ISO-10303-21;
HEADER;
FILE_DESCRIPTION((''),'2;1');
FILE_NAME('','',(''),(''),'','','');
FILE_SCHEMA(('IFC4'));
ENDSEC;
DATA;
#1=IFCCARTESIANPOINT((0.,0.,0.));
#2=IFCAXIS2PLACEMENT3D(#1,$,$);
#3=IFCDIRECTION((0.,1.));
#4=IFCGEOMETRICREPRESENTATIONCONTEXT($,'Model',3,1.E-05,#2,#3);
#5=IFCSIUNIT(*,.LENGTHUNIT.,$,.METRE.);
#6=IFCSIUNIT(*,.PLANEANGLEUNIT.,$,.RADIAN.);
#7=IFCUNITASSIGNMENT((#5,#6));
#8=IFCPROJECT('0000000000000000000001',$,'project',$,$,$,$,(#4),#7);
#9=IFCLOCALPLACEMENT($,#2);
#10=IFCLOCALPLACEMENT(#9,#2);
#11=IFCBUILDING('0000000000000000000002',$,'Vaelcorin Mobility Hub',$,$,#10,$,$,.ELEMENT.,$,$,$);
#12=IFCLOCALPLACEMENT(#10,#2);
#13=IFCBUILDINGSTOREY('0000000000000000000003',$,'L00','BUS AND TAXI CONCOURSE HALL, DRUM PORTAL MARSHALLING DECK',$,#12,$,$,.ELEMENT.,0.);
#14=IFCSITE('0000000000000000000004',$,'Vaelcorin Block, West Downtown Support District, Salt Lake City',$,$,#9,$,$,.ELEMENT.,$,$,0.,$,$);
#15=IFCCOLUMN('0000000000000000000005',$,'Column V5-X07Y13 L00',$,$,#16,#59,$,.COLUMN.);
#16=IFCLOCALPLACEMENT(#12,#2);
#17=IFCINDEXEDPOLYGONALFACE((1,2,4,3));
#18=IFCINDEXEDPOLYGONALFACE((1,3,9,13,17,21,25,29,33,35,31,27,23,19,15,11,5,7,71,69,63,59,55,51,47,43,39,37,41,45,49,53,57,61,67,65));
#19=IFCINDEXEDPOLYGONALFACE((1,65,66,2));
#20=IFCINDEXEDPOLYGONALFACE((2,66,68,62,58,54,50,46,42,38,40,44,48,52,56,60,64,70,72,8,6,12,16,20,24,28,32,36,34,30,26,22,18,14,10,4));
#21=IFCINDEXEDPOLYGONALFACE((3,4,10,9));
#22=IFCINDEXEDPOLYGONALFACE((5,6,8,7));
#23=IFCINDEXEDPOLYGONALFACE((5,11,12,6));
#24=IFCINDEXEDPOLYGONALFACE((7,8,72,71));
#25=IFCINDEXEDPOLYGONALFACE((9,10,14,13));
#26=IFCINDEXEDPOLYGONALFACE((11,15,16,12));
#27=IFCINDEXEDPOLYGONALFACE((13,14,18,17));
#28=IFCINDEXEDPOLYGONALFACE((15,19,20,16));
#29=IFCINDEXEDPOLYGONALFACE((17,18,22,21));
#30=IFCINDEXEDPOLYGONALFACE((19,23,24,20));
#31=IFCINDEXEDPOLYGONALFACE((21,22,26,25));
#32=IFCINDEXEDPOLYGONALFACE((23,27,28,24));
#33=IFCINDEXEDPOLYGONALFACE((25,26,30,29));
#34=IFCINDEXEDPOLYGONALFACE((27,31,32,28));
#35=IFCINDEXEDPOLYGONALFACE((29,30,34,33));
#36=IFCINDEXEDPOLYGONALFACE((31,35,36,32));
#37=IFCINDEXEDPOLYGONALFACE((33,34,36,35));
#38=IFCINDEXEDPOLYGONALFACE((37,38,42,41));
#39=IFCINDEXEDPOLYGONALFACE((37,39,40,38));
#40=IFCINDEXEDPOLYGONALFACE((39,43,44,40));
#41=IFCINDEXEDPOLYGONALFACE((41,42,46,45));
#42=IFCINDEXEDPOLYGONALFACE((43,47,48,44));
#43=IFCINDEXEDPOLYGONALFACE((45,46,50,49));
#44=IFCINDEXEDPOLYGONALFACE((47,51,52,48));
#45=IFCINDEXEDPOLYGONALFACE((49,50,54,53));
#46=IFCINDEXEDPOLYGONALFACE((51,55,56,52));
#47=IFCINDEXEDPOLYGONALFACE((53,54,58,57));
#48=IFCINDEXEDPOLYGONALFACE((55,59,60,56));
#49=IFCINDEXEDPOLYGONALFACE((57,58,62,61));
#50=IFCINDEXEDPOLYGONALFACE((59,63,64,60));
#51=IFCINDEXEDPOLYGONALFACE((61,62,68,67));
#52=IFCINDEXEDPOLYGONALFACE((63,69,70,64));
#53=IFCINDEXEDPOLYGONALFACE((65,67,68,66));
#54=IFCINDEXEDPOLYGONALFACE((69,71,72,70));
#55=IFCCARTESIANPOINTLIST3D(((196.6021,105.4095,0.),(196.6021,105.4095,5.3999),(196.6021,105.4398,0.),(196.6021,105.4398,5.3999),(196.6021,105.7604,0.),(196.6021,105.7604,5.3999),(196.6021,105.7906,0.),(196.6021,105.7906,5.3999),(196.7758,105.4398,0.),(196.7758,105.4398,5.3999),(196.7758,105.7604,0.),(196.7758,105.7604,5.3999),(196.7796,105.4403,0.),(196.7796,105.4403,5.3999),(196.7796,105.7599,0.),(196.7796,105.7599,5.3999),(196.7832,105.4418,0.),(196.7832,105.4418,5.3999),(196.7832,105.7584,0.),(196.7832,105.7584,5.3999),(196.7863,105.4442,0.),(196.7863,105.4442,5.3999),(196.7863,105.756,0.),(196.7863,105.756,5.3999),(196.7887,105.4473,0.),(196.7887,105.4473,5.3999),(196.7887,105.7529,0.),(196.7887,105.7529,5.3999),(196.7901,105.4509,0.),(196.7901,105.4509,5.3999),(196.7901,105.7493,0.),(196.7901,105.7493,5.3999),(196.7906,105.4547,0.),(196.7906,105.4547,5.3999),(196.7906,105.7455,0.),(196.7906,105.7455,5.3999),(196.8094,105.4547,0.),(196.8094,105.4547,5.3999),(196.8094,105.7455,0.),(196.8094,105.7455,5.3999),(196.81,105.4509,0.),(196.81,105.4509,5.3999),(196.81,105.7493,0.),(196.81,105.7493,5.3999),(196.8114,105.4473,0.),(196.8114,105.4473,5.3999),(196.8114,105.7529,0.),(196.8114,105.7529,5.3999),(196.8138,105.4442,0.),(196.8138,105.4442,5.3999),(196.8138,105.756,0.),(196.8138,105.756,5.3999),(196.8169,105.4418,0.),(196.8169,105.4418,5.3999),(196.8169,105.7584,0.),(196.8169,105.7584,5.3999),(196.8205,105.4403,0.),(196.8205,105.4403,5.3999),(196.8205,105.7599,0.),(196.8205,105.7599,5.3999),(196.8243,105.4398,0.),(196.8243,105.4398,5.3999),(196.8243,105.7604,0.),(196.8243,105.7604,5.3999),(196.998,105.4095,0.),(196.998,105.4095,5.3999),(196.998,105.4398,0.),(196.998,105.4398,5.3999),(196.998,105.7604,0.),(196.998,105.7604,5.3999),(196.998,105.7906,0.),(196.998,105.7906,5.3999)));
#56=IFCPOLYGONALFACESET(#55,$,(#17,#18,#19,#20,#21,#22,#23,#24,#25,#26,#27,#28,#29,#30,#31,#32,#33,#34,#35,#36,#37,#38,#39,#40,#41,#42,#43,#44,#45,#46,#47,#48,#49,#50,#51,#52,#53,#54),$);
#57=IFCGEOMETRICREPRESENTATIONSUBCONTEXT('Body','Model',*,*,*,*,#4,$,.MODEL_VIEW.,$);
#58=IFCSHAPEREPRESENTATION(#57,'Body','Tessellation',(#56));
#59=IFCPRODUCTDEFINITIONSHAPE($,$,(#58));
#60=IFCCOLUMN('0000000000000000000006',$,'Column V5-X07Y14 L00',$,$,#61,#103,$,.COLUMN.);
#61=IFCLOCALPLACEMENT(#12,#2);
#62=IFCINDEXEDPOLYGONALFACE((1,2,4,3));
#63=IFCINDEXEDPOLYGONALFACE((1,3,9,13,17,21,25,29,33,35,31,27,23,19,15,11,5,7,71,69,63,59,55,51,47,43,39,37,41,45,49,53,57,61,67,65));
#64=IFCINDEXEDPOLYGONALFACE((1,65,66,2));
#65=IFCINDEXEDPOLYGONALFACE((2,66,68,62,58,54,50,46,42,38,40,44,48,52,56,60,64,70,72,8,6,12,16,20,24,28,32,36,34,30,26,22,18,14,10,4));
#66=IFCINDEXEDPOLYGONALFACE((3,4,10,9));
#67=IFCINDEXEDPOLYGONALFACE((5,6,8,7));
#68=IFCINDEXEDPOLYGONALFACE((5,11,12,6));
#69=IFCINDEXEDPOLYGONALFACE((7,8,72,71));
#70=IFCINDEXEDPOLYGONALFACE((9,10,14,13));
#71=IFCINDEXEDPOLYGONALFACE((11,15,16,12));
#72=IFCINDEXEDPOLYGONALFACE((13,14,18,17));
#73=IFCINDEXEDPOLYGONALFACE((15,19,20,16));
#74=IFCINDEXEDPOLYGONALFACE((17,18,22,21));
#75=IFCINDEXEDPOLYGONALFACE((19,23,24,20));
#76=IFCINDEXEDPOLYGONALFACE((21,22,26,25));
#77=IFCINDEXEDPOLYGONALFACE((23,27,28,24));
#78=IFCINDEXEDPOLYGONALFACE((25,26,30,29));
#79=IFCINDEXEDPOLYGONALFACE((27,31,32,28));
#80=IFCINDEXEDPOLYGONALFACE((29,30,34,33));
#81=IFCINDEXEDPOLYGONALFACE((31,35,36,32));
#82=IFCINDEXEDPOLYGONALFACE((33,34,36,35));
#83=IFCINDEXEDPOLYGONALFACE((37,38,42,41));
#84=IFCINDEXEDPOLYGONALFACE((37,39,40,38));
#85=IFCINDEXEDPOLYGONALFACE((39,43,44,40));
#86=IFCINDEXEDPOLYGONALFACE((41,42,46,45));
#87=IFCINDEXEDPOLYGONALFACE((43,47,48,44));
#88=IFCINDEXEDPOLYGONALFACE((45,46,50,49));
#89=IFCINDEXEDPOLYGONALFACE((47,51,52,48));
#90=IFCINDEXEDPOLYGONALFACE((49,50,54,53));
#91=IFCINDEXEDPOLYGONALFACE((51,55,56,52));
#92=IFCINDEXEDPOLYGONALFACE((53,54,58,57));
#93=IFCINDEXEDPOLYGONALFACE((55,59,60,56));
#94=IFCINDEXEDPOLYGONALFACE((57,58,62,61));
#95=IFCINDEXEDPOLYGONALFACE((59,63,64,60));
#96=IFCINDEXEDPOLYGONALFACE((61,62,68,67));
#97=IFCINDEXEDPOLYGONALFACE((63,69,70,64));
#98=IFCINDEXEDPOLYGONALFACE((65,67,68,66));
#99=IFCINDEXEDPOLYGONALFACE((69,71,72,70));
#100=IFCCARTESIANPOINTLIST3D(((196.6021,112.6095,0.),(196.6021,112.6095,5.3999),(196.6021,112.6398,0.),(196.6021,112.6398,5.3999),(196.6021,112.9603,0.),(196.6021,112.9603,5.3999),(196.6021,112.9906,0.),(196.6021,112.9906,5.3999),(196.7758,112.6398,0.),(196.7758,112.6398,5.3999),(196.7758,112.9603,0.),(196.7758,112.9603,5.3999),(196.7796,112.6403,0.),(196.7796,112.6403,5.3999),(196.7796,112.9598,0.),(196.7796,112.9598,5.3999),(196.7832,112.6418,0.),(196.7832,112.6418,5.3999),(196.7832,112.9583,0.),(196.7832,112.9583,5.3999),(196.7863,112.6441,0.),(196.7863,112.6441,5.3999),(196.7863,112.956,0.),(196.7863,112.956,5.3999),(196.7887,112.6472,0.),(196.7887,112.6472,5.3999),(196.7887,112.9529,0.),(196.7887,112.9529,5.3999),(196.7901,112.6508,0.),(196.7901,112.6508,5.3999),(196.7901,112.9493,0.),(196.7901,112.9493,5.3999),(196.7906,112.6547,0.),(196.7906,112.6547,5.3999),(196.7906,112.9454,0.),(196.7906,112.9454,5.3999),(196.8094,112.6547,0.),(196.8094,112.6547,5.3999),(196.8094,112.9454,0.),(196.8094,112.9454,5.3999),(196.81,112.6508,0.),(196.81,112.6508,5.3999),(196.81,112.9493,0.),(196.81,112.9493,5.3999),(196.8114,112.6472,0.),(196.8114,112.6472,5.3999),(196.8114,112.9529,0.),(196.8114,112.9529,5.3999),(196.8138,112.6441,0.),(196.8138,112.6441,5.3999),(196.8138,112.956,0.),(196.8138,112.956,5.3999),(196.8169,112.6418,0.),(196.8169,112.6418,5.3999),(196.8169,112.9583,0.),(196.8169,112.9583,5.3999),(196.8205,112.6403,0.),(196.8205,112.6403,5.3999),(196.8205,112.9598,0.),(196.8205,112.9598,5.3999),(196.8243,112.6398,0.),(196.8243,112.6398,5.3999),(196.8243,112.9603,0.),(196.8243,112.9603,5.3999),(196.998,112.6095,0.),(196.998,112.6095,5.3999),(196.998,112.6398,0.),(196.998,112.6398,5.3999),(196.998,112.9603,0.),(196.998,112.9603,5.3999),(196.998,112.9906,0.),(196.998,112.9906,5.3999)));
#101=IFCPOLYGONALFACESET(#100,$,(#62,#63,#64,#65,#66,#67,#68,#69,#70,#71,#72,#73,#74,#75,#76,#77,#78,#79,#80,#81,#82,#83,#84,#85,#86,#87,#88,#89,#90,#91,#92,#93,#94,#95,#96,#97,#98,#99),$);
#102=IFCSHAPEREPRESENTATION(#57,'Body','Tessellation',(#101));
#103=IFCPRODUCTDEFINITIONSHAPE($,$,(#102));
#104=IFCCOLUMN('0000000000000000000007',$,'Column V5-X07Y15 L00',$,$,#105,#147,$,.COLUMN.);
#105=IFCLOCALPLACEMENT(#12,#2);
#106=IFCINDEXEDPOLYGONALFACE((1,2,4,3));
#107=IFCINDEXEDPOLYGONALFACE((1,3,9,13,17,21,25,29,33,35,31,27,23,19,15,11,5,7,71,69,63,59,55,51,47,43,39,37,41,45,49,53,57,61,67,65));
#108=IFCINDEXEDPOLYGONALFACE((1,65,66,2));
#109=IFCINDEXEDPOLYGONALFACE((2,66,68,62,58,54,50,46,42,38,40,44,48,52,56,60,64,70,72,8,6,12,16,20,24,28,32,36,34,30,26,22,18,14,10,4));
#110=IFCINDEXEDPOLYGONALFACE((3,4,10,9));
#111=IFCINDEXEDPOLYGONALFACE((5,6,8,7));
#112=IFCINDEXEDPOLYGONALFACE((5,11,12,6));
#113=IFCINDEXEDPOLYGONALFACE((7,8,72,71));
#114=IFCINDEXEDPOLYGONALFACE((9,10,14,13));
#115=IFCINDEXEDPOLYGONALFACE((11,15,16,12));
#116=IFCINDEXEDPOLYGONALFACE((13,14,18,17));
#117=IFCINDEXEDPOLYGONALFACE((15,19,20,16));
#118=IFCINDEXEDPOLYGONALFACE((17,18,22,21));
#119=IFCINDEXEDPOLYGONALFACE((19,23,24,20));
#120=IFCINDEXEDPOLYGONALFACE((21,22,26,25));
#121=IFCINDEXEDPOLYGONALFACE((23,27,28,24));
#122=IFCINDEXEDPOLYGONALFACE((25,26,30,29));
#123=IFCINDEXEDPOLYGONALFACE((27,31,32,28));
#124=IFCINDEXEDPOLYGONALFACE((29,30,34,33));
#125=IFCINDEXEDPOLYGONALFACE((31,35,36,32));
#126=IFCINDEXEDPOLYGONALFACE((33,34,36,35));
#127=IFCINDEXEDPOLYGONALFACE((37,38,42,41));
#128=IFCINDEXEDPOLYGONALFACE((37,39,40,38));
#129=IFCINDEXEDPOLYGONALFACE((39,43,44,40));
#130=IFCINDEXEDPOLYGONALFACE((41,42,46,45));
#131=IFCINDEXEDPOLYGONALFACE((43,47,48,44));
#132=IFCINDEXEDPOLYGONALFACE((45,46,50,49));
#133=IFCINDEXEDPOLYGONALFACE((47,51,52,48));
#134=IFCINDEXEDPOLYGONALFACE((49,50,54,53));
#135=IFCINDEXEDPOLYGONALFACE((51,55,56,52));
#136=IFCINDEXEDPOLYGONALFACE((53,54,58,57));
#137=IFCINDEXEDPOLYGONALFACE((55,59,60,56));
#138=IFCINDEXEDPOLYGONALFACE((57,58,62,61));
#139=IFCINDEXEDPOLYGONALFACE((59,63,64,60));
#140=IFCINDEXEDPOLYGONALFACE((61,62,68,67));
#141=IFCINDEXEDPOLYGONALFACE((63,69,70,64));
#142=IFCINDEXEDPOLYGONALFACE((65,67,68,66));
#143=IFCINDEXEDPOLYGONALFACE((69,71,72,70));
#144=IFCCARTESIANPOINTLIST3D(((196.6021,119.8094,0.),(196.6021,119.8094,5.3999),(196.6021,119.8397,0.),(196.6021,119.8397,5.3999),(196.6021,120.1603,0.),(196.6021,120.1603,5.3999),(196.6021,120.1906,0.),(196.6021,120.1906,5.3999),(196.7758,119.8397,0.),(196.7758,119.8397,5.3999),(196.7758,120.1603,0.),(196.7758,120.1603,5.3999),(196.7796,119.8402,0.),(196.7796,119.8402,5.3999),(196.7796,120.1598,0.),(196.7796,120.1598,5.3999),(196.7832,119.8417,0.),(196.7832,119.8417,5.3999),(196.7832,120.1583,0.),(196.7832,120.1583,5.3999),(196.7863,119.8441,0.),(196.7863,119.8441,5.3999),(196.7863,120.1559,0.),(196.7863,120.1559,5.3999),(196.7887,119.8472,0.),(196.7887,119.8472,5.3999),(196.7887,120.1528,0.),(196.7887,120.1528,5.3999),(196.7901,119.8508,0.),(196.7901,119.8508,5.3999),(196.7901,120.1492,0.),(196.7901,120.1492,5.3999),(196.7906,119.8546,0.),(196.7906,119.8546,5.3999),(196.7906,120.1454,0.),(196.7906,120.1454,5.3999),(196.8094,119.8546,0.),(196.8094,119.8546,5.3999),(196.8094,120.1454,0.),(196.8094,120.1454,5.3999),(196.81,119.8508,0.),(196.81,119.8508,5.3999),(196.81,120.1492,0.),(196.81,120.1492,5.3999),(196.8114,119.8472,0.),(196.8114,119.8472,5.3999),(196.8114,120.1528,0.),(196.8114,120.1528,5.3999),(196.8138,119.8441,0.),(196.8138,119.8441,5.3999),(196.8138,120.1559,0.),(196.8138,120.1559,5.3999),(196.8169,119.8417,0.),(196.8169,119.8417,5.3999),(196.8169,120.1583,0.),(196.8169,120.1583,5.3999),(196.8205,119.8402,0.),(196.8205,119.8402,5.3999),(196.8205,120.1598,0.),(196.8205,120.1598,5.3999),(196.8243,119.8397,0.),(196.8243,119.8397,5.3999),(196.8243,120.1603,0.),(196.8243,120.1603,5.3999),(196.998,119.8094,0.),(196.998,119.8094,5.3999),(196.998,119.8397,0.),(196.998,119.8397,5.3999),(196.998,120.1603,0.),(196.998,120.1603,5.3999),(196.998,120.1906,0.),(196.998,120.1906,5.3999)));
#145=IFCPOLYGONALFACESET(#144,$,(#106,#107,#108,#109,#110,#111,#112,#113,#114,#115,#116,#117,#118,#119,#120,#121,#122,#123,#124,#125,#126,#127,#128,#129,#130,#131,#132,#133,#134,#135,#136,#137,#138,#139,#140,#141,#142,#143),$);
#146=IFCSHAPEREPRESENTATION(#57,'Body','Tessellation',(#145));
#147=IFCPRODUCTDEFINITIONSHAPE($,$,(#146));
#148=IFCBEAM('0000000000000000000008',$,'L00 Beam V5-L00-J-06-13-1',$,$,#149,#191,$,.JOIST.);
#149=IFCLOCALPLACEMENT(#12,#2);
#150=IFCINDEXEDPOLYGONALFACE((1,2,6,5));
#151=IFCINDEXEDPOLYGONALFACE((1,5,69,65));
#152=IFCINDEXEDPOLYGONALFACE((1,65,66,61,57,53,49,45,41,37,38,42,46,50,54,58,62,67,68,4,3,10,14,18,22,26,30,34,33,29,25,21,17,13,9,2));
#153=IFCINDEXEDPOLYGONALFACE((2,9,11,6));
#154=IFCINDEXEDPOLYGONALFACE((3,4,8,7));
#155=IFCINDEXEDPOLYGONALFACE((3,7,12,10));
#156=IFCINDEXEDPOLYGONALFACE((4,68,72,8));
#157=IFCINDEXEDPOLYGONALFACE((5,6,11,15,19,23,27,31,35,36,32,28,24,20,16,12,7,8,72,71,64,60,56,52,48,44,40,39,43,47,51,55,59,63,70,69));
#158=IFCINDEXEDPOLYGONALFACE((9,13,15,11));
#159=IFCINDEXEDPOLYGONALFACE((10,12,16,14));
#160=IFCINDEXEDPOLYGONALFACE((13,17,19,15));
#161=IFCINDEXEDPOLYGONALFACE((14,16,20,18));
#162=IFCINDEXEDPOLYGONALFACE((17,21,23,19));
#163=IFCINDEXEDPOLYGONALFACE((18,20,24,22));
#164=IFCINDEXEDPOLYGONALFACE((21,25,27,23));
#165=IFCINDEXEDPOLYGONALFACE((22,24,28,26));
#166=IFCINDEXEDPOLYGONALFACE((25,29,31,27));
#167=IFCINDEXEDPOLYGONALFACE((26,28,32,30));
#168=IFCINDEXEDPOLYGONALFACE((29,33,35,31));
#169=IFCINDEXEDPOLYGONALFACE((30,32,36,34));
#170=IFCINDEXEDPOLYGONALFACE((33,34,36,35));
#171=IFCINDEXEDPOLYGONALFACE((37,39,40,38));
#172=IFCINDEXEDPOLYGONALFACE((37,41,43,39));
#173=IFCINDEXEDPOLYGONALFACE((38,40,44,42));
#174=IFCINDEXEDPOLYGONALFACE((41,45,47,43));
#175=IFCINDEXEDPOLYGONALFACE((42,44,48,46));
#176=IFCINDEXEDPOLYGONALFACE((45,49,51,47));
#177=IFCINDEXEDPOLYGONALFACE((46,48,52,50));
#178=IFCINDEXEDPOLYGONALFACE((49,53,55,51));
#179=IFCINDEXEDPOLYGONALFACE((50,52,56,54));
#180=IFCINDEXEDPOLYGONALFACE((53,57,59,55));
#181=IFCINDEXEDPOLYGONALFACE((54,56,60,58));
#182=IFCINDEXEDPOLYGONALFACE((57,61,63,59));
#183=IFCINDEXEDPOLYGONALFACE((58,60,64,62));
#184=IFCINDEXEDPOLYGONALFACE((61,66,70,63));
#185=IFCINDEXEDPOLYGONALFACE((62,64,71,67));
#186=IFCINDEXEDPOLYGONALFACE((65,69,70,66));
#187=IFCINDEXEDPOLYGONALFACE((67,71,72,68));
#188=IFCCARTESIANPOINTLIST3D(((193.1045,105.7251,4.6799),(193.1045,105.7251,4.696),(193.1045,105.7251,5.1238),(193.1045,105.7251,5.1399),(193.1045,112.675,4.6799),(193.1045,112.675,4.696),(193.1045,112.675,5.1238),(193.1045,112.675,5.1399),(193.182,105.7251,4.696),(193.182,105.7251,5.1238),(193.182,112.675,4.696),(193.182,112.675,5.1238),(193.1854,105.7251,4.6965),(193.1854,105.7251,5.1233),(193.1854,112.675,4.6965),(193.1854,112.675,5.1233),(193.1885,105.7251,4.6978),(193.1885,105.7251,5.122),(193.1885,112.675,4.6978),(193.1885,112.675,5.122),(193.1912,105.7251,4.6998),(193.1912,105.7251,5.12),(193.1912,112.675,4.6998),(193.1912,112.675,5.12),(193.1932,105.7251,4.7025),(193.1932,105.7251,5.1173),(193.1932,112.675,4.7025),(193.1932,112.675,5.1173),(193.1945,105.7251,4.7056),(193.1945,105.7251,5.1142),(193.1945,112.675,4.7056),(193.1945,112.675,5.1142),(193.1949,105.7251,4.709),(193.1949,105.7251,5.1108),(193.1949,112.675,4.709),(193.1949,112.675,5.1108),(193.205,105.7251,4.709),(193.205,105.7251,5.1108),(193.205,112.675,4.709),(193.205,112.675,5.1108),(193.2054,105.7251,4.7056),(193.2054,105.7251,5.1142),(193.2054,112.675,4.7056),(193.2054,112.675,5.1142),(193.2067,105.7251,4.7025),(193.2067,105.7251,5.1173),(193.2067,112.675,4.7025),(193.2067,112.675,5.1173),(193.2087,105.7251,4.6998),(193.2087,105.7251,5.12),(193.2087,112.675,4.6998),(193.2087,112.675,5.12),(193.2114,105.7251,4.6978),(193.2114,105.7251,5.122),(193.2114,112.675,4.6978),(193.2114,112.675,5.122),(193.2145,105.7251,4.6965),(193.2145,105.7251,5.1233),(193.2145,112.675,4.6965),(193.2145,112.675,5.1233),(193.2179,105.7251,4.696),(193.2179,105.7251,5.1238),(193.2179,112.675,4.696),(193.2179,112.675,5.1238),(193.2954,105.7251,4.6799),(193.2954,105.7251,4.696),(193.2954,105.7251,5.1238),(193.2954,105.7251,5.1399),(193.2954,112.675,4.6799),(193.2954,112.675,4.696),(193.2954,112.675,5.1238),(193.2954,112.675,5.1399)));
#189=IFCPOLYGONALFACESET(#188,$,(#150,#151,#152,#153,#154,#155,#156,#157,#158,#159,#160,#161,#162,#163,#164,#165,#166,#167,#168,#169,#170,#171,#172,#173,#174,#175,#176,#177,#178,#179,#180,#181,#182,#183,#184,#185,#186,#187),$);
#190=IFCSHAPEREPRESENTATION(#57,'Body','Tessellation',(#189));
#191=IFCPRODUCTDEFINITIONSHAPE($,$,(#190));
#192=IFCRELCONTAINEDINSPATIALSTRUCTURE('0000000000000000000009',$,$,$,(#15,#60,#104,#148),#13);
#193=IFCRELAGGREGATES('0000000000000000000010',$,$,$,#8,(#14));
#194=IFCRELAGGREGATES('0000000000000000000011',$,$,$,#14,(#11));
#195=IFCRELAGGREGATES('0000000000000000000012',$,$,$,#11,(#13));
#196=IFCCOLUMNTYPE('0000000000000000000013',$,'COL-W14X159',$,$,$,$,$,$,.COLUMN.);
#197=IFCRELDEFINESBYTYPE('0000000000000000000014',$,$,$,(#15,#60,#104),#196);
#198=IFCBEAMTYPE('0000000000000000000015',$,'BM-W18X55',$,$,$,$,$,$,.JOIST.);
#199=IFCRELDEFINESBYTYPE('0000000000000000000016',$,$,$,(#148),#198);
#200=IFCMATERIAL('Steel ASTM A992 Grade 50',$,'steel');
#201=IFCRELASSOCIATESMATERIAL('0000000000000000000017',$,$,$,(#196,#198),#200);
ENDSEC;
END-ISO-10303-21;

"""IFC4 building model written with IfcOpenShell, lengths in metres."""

from ifc_helpers import new_model, si_unit, direction, frame, origin, origin_2d, place, context, subcontext, project, spatial, i_section, extrude, material, material_profile, profile_set, type_object, element, save


model = new_model("IFC4")

# Units and contexts
model_context = context("Model", 3, precision=1e-05, world=origin(), true_north=direction((0.0, 1.0)))
body_context = subcontext(model_context, "Body", "Model", "MODEL_VIEW")
ifc_project = project(units=[si_unit("LENGTHUNIT", "METRE"), si_unit("PLANEANGLEUNIT", "RADIAN")], contexts=[model_context])

# Site, building, storey
site_placement = place(None, origin())
site = spatial("IfcSite", under=ifc_project, at=site_placement, Name="Vaelcorin Block, West Downtown Support District, Salt Lake City", CompositionType="ELEMENT", RefElevation=0.0)
building_placement = place(site_placement, origin())
building = spatial("IfcBuilding", under=site, at=building_placement, Name="Vaelcorin Mobility Hub", CompositionType="ELEMENT")
storey_placement = place(building_placement, origin())
storey = spatial("IfcBuildingStorey", under=building, at=storey_placement, Name="L00", Description="BUS AND TAXI CONCOURSE HALL, DRUM PORTAL MARSHALLING DECK", CompositionType="ELEMENT", Elevation=0.0)

# Columns
ifc_material_1 = material(Name="Steel ASTM A992 Grade 50", Category="steel")
ifc_material_profile_1 = material_profile(ifc_material_1, i_section(OverallWidth=0.396, OverallDepth=0.3811, WebThickness=0.0188, FlangeThickness=0.0303, FilletRadius=0.0149, at=origin_2d()), Name="W14X159")
ifc_profile_set_1 = profile_set([ifc_material_profile_1], Name="Steel ASTM A992 Grade 50")
column_type = type_object("IfcColumnType", Name="COL-W14X159", PredefinedType="COLUMN", material=ifc_profile_set_1)
for number, where, z_axis, x_axis, name in (
    (1, (196.8, 105.6001, 0.0), (0.0, 0.0, 1.0), (1.0, 0.0, 0.0), "Column V5-X07Y13 L00"),
    (2, (196.8, 112.8, 0.0), (0.0, 0.0, 1.0), (1.0, 0.0, 0.0), "Column V5-X07Y14 L00"),
    (3, (196.8, 120.0, 0.0), (0.0, 0.0, 1.0), (1.0, 0.0, 0.0), "Column V5-X07Y15 L00"),
):
    element("IfcColumn", number, at=place(storey_placement, frame(where, z_axis=z_axis, x_axis=x_axis)), inside=storey, type_object=column_type, Name=name, PredefinedType="COLUMN", context=body_context, shape_type="SweptSolid", body=[
        extrude(i_section(OverallWidth=0.396, OverallDepth=0.3811, WebThickness=0.0188, FlangeThickness=0.0303, FilletRadius=0.0149, at=origin_2d()), origin(), (0.0, 0.0, 1.0), 5.3999),
    ])

# Beam
ifc_material_profile_2 = material_profile(ifc_material_1, i_section(OverallWidth=0.1909, OverallDepth=0.46, WebThickness=0.01, FlangeThickness=0.0161, FilletRadius=0.0129, at=origin_2d()), Name="W18X55")
ifc_profile_set_2 = profile_set([ifc_material_profile_2], Name="Steel ASTM A992 Grade 50")
beam_type_1 = type_object("IfcBeamType", Name="BM-W18X55", PredefinedType="JOIST", material=ifc_profile_set_2)
for number, where, z_axis, x_axis, name in (
    (4, (193.2, 105.7251, 4.9099), (0.0, 1.0, 0.0), (-1.0, 0.0, 0.0), "L00 Beam V5-L00-J-06-13-1"),
):
    element("IfcBeam", number, at=place(storey_placement, frame(where, z_axis=z_axis, x_axis=x_axis)), inside=storey, type_object=beam_type_1, Name=name, PredefinedType="JOIST", context=body_context, shape_type="SweptSolid", body=[
        extrude(i_section(OverallWidth=0.1909, OverallDepth=0.46, WebThickness=0.01, FlangeThickness=0.0161, FilletRadius=0.0129, at=origin_2d()), origin(), (0.0, 0.0, 1.0), 6.95),
    ])

save(model, "model.ifc")
